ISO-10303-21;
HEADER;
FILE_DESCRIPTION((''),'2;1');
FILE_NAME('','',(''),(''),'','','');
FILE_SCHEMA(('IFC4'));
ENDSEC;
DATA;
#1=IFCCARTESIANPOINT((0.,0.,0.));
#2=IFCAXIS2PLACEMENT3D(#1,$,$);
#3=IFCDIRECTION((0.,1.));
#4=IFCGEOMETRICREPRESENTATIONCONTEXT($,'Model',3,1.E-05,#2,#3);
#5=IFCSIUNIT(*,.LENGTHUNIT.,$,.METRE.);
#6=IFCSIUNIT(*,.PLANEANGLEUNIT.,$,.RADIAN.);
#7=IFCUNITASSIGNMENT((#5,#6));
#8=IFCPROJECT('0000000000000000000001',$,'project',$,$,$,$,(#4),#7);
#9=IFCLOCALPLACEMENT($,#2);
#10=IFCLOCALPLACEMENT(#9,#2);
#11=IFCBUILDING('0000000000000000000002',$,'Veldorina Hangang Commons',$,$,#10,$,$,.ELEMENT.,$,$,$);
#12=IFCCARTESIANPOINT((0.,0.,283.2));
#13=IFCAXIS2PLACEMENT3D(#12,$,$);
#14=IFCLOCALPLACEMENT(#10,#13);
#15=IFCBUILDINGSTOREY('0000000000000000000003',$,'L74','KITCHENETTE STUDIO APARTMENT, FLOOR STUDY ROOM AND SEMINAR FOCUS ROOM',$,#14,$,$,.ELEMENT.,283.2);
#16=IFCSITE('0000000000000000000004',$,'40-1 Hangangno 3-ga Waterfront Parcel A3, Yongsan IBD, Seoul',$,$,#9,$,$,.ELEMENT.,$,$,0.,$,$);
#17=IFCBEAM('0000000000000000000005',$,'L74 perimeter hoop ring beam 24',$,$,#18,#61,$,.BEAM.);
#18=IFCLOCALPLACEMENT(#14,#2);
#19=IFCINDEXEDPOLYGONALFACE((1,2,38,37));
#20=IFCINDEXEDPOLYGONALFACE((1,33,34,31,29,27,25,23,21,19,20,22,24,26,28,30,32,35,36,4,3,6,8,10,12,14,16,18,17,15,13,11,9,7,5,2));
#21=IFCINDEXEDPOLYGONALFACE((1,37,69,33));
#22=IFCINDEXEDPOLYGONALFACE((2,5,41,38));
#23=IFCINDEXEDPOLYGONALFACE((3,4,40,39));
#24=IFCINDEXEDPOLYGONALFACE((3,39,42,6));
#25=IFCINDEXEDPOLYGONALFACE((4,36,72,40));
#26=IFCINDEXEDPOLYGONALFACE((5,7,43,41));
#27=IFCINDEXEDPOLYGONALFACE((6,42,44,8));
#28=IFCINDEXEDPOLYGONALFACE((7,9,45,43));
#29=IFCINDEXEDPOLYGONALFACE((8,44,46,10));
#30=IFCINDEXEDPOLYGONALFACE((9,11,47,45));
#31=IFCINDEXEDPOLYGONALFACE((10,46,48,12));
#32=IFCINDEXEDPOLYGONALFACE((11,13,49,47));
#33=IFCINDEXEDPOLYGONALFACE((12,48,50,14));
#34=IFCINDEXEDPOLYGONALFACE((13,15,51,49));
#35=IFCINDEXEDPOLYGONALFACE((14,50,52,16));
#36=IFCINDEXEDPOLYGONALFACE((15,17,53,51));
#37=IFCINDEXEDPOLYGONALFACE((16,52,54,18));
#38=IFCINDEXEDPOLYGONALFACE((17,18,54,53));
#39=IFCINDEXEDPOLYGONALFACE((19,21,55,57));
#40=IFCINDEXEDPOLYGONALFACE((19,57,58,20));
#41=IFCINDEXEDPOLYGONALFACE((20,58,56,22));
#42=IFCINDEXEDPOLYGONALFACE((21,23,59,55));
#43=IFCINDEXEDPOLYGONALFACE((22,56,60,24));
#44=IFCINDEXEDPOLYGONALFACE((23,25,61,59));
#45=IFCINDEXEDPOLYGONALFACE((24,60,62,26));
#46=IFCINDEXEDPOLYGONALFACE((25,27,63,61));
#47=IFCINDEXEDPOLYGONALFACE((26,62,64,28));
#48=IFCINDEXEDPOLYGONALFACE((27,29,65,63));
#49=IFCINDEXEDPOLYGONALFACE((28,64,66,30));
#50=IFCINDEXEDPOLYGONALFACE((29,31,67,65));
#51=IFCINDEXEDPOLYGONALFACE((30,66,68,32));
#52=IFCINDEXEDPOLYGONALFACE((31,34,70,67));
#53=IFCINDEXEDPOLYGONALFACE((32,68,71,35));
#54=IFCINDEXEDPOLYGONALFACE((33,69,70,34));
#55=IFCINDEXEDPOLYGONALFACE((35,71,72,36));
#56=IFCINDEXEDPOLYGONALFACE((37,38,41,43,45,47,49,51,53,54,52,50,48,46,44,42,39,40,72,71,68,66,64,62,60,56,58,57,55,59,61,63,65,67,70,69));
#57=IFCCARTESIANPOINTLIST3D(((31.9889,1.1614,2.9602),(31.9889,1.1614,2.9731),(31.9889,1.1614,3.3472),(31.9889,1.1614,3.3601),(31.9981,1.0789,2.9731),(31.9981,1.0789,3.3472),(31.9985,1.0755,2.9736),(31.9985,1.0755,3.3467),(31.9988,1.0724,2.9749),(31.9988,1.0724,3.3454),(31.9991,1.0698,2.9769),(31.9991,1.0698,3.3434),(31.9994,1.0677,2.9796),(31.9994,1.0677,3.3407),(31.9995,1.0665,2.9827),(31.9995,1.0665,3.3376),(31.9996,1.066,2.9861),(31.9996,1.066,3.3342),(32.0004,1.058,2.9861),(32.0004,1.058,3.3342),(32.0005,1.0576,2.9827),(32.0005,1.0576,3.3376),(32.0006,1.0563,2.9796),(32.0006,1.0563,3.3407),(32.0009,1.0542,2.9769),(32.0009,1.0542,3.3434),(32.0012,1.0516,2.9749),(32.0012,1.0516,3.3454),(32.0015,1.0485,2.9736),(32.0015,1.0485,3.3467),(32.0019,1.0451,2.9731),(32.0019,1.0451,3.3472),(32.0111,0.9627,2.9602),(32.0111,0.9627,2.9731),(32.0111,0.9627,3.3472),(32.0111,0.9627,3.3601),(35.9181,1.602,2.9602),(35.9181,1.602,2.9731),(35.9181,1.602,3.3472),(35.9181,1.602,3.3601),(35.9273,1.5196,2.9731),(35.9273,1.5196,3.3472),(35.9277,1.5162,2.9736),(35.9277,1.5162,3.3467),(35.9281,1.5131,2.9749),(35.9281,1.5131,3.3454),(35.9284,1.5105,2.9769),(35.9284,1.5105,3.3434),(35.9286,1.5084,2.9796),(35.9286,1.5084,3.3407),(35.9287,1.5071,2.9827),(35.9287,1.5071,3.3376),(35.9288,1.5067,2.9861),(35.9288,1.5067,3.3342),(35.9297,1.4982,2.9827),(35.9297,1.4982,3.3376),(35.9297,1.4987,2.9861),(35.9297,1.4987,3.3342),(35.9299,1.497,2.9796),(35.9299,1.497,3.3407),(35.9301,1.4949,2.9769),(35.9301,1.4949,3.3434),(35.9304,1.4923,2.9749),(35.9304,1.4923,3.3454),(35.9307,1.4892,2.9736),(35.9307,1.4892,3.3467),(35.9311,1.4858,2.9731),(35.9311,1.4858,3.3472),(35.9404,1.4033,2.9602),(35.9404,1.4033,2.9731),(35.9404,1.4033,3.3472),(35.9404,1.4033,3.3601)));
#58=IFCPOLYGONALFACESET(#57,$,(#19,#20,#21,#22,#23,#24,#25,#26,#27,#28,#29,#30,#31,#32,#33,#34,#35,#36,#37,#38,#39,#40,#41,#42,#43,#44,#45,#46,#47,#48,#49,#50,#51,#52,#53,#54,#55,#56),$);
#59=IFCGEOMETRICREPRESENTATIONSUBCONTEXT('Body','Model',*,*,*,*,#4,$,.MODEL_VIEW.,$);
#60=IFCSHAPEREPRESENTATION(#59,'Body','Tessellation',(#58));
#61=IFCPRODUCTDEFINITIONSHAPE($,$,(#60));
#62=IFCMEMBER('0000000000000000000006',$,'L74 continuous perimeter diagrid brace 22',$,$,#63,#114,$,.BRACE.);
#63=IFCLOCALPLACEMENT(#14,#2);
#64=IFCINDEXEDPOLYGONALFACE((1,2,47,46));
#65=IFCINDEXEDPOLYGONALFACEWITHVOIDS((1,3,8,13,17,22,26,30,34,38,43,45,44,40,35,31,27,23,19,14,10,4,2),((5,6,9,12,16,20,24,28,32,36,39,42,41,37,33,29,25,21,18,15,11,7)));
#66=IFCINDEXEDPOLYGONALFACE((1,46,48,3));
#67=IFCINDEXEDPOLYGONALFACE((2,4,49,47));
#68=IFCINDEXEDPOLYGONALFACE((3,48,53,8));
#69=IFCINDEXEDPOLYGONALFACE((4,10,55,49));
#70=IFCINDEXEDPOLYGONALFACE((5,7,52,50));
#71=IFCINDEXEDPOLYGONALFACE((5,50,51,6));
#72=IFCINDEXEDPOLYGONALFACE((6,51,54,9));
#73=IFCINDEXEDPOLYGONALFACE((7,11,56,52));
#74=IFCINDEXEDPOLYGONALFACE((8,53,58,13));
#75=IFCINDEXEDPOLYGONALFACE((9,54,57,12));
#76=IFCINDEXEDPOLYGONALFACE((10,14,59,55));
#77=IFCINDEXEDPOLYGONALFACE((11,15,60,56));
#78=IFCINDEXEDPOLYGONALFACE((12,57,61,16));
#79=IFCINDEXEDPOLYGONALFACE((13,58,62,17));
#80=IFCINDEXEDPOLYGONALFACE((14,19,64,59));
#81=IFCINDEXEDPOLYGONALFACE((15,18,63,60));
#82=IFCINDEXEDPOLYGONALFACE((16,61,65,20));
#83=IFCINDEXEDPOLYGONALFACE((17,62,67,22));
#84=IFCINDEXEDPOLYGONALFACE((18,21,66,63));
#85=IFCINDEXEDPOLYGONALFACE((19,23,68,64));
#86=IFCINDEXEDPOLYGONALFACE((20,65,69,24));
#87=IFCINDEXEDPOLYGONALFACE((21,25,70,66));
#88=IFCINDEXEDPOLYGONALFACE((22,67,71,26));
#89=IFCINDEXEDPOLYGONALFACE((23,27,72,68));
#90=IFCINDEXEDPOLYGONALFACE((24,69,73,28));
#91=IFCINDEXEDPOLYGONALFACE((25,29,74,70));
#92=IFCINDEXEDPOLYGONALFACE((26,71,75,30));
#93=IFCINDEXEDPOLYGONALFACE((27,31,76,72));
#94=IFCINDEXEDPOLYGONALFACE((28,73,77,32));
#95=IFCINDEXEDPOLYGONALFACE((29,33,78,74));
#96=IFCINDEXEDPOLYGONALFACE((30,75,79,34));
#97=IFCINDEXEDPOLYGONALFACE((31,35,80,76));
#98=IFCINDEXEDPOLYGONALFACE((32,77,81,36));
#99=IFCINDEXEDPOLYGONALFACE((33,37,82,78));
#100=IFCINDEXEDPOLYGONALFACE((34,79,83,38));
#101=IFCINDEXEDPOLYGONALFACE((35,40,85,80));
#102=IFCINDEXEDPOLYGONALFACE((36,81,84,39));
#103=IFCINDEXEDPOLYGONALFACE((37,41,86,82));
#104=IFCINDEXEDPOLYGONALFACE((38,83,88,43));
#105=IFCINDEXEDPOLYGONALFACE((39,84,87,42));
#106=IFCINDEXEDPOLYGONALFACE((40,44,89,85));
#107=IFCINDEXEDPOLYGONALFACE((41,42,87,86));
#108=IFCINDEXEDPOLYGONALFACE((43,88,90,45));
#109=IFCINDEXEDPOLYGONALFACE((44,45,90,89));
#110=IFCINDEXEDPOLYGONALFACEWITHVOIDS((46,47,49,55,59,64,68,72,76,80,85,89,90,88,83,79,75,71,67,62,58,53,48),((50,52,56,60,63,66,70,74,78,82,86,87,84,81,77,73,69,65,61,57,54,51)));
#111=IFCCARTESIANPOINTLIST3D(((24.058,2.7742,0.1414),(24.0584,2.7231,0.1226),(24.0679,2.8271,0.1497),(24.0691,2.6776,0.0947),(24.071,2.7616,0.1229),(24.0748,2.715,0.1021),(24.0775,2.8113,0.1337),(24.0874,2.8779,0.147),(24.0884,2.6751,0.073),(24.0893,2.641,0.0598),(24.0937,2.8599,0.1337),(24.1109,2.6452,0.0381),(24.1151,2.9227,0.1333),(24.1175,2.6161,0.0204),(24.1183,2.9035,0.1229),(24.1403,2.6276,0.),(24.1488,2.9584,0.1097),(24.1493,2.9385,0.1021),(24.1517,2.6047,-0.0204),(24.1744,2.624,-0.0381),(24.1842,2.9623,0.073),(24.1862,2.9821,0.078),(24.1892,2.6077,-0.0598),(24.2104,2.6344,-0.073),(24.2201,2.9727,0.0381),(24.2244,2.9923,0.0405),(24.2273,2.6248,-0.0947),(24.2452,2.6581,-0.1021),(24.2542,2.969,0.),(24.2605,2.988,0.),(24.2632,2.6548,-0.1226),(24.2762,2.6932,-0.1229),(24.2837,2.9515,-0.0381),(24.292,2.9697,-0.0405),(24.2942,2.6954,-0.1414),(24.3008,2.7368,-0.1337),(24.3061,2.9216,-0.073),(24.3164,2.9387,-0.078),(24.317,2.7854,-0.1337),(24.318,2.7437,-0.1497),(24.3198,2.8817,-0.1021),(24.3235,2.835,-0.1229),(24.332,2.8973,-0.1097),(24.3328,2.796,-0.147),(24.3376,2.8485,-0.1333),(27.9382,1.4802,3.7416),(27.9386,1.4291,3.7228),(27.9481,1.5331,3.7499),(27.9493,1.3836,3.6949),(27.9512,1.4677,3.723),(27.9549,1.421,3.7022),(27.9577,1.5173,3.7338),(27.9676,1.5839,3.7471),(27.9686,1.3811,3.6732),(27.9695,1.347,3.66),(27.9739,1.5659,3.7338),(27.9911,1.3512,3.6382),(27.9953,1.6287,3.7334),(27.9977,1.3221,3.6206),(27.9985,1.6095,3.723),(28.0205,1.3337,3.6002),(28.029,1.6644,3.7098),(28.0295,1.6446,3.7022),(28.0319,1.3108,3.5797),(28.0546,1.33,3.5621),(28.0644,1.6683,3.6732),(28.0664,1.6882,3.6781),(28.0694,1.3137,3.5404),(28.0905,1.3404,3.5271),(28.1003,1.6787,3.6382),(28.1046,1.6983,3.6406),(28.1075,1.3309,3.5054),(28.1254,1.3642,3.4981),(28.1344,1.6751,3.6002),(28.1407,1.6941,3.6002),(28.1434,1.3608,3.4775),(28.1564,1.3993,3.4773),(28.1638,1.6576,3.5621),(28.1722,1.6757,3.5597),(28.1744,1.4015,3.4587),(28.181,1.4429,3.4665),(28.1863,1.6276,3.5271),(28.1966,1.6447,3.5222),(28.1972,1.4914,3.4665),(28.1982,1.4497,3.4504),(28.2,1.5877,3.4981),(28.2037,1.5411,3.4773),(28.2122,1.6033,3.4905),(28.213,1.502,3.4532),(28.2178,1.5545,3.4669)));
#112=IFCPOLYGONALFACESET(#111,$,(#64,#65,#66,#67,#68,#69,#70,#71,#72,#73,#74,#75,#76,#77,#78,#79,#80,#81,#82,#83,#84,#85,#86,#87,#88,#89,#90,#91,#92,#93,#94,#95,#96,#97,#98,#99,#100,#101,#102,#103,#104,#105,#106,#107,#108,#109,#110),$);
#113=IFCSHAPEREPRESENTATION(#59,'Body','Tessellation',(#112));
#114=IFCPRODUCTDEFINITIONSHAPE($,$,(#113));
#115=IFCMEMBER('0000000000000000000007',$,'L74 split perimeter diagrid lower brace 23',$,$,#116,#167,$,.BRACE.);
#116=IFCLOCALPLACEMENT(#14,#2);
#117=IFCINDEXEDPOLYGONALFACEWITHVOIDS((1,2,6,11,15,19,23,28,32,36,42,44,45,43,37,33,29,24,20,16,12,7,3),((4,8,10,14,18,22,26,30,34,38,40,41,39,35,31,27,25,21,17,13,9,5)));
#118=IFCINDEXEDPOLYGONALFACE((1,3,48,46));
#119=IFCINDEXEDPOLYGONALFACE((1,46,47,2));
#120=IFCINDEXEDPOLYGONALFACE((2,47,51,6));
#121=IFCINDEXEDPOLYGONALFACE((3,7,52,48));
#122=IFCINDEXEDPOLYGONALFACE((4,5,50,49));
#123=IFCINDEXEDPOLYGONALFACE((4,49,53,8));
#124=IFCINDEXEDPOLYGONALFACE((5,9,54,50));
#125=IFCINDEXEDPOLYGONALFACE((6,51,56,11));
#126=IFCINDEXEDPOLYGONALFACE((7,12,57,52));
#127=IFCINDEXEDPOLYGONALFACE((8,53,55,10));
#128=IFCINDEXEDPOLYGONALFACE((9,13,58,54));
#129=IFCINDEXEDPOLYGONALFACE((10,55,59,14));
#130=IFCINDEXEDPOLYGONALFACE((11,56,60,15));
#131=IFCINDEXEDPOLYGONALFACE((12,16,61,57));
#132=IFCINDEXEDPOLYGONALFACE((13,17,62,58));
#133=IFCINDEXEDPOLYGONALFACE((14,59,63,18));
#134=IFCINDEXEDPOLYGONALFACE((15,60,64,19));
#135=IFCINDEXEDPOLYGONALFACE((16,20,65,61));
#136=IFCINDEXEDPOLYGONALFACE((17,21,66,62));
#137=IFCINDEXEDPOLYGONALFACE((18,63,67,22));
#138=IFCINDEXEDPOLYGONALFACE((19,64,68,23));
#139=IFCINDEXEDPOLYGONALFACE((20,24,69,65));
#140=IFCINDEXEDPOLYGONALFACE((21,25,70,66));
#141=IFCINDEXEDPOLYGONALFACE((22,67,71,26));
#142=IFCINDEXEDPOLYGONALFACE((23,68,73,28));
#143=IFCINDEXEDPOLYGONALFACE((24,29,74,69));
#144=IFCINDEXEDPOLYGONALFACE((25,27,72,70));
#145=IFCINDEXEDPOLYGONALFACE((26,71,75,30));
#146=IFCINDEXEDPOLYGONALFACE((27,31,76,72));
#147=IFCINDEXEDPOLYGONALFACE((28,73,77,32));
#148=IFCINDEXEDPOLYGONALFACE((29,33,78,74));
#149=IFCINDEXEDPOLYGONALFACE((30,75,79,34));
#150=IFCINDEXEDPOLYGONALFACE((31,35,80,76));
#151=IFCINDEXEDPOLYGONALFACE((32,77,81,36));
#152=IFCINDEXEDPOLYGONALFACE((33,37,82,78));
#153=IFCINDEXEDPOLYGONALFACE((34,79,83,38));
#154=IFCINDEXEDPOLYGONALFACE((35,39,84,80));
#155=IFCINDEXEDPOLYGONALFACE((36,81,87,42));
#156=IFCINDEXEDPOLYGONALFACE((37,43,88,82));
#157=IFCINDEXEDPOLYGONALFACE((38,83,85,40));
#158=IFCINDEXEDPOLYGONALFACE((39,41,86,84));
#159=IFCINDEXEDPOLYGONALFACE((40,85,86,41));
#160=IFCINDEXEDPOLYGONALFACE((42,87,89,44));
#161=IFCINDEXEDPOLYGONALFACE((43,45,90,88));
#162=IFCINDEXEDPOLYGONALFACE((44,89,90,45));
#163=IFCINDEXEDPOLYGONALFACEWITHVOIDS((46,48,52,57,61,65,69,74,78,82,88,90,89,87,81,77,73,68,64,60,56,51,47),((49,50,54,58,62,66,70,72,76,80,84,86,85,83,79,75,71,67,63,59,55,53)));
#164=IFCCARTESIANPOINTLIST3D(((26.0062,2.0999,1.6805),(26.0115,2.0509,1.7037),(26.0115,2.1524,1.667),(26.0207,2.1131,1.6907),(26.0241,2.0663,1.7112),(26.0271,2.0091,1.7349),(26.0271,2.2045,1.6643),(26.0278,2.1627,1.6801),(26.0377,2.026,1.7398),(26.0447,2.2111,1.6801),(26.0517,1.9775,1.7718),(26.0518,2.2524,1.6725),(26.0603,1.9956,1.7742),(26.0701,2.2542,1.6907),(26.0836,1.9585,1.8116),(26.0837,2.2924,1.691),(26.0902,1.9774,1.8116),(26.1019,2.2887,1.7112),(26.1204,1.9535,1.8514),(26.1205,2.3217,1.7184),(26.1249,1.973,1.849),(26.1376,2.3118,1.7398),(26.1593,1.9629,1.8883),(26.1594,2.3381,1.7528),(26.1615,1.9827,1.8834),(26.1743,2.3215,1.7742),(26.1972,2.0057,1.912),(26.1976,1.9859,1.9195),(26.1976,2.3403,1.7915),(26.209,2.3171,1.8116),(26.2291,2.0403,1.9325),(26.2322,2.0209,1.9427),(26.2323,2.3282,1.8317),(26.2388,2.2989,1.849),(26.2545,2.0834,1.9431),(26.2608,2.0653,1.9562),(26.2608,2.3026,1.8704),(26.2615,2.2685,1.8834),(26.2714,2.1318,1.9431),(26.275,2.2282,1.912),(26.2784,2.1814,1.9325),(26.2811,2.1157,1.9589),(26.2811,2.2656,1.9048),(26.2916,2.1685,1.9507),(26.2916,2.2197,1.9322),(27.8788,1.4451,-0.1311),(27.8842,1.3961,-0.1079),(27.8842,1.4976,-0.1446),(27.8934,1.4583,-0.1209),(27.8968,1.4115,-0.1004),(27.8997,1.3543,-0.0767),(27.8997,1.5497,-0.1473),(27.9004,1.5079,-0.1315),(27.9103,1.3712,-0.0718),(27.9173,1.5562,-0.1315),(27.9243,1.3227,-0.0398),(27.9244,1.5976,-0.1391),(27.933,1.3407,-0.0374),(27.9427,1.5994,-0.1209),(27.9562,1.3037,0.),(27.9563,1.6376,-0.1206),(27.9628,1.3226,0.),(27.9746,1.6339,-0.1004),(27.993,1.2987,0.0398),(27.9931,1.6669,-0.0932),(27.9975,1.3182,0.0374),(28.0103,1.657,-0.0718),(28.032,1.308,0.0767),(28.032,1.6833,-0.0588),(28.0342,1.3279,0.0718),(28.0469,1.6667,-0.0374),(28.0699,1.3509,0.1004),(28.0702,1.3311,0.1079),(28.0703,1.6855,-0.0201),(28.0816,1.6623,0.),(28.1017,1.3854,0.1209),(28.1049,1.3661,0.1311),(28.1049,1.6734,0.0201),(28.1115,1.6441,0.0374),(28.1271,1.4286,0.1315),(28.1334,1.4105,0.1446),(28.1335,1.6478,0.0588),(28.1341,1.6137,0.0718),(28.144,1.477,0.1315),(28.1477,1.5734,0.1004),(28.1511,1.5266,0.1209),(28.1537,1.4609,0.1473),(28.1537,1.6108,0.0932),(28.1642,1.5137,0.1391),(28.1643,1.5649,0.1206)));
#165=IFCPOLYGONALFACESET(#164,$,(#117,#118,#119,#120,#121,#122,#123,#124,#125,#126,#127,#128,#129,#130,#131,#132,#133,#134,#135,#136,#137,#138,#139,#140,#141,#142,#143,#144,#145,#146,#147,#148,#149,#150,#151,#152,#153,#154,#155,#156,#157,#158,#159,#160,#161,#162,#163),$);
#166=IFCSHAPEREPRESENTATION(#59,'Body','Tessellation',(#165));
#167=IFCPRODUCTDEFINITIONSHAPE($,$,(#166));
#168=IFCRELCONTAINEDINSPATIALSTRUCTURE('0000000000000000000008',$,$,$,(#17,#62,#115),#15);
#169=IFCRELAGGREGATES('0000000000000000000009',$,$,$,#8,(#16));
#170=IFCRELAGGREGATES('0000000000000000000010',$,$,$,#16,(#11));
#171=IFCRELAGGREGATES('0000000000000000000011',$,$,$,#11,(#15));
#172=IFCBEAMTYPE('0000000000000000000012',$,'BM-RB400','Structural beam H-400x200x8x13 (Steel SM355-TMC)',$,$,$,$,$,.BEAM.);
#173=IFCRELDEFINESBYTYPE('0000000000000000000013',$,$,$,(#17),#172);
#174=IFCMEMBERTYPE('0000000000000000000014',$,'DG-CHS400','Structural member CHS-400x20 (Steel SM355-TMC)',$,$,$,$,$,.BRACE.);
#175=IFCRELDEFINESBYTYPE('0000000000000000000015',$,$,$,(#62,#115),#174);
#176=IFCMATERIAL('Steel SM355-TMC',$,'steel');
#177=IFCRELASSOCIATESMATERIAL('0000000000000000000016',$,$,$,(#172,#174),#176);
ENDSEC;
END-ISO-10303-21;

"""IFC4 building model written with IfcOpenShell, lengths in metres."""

from ifc_helpers import new_model, si_unit, direction, frame, origin, origin_2d, place, context, subcontext, project, spatial, hollow_circle, i_section, extrude, material, material_profile, profile_set, type_object, element, save


model = new_model("IFC4")

# Units and contexts
model_context = context("Model", 3, precision=1e-05, world=origin(), true_north=direction((0.0, 1.0)))
body_context = subcontext(model_context, "Body", "Model", "MODEL_VIEW")
ifc_project = project(units=[si_unit("LENGTHUNIT", "METRE"), si_unit("PLANEANGLEUNIT", "RADIAN")], contexts=[model_context])

# Site, building, storey
site_placement = place(None, origin())
site = spatial("IfcSite", under=ifc_project, at=site_placement, Name="40-1 Hangangno 3-ga Waterfront Parcel A3, Yongsan IBD, Seoul", CompositionType="ELEMENT", RefElevation=0.0)
building_placement = place(site_placement, origin())
building = spatial("IfcBuilding", under=site, at=building_placement, Name="Veldorina Hangang Commons", CompositionType="ELEMENT")
storey_placement = place(building_placement, frame((0.0, 0.0, 283.2)))
storey = spatial("IfcBuildingStorey", under=building, at=storey_placement, Name="L74", Description="KITCHENETTE STUDIO APARTMENT, FLOOR STUDY ROOM AND SEMINAR FOCUS ROOM", CompositionType="ELEMENT", Elevation=283.2)

# Beam
ifc_material_1 = material(Name="Steel SM355-TMC", Category="steel")
ifc_material_profile_1 = material_profile(ifc_material_1, i_section(OverallWidth=0.2, OverallDepth=0.3999, WebThickness=0.0081, FlangeThickness=0.0129, FilletRadius=0.0129, at=origin_2d()), Name="H-400x200x8x13")
ifc_profile_set_1 = profile_set([ifc_material_profile_1], Name="Steel SM355-TMC")
beam_type_1 = type_object("IfcBeamType", Name="BM-RB400", Description="Structural beam H-400x200x8x13 (Steel SM355-TMC)", PredefinedType="BEAM", material=ifc_profile_set_1)
for number, where, z_axis, x_axis, name in (
    (1, (32.0, 1.062, 3.1602), (0.99377, 0.111455, 0.0), (-0.111455, 0.99377, 0.0), "L74 perimeter hoop ring beam 24"),
):
    element("IfcBeam", number, at=place(storey_placement, frame(where, z_axis=z_axis, x_axis=x_axis)), inside=storey, type_object=beam_type_1, Name=name, PredefinedType="BEAM", context=body_context, shape_type="SweptSolid", body=[
        extrude(i_section(OverallWidth=0.2, OverallDepth=0.3999, WebThickness=0.0081, FlangeThickness=0.0129, FilletRadius=0.0129, at=origin_2d()), origin(), (0.0, 0.0, 1.0), 3.9539),
    ])

# Members
ifc_material_profile_2 = material_profile(ifc_material_1, hollow_circle(Radius=0.2, WallThickness=0.02, at=origin_2d()), Name="CHS-400x20")
ifc_profile_set_2 = profile_set([ifc_material_profile_2], Name="Steel SM355-TMC")
member_type_1 = type_object("IfcMemberType", Name="DG-CHS400", Description="Structural member CHS-400x20 (Steel SM355-TMC)", PredefinedType="BRACE", material=ifc_profile_set_2)
member_1_placement = place(storey_placement, frame((24.1973, 2.7983, 0.0), z_axis=(0.712095, -0.23747, 0.660703), x_axis=(0.316353, 0.948642, 0.0)))
element("IfcMember", 2, at=member_1_placement, inside=storey, type_object=member_type_1, Name="L74 continuous perimeter diagrid brace 22", PredefinedType="BRACE", context=body_context, shape_type="SweptSolid", body=[
    extrude(hollow_circle(Radius=0.2, WallThickness=0.02, at=origin_2d()), origin(), (0.0, 0.0, 1.0), 5.449),
])
member_2_placement = place(storey_placement, frame((28.0222, 1.4924, 0.0), z_axis=(-0.697047, 0.243739, 0.674327), x_axis=(-0.330076, -0.943954, 0.0)))
element("IfcMember", 3, at=member_2_placement, inside=storey, type_object=member_type_1, Name="L74 split perimeter diagrid lower brace 23", PredefinedType="BRACE", context=body_context, shape_type="SweptSolid", body=[
    extrude(hollow_circle(Radius=0.2, WallThickness=0.02, at=origin_2d()), origin(), (0.0, 0.0, 1.0), 2.6865),
])

save(model, "model.ifc")
